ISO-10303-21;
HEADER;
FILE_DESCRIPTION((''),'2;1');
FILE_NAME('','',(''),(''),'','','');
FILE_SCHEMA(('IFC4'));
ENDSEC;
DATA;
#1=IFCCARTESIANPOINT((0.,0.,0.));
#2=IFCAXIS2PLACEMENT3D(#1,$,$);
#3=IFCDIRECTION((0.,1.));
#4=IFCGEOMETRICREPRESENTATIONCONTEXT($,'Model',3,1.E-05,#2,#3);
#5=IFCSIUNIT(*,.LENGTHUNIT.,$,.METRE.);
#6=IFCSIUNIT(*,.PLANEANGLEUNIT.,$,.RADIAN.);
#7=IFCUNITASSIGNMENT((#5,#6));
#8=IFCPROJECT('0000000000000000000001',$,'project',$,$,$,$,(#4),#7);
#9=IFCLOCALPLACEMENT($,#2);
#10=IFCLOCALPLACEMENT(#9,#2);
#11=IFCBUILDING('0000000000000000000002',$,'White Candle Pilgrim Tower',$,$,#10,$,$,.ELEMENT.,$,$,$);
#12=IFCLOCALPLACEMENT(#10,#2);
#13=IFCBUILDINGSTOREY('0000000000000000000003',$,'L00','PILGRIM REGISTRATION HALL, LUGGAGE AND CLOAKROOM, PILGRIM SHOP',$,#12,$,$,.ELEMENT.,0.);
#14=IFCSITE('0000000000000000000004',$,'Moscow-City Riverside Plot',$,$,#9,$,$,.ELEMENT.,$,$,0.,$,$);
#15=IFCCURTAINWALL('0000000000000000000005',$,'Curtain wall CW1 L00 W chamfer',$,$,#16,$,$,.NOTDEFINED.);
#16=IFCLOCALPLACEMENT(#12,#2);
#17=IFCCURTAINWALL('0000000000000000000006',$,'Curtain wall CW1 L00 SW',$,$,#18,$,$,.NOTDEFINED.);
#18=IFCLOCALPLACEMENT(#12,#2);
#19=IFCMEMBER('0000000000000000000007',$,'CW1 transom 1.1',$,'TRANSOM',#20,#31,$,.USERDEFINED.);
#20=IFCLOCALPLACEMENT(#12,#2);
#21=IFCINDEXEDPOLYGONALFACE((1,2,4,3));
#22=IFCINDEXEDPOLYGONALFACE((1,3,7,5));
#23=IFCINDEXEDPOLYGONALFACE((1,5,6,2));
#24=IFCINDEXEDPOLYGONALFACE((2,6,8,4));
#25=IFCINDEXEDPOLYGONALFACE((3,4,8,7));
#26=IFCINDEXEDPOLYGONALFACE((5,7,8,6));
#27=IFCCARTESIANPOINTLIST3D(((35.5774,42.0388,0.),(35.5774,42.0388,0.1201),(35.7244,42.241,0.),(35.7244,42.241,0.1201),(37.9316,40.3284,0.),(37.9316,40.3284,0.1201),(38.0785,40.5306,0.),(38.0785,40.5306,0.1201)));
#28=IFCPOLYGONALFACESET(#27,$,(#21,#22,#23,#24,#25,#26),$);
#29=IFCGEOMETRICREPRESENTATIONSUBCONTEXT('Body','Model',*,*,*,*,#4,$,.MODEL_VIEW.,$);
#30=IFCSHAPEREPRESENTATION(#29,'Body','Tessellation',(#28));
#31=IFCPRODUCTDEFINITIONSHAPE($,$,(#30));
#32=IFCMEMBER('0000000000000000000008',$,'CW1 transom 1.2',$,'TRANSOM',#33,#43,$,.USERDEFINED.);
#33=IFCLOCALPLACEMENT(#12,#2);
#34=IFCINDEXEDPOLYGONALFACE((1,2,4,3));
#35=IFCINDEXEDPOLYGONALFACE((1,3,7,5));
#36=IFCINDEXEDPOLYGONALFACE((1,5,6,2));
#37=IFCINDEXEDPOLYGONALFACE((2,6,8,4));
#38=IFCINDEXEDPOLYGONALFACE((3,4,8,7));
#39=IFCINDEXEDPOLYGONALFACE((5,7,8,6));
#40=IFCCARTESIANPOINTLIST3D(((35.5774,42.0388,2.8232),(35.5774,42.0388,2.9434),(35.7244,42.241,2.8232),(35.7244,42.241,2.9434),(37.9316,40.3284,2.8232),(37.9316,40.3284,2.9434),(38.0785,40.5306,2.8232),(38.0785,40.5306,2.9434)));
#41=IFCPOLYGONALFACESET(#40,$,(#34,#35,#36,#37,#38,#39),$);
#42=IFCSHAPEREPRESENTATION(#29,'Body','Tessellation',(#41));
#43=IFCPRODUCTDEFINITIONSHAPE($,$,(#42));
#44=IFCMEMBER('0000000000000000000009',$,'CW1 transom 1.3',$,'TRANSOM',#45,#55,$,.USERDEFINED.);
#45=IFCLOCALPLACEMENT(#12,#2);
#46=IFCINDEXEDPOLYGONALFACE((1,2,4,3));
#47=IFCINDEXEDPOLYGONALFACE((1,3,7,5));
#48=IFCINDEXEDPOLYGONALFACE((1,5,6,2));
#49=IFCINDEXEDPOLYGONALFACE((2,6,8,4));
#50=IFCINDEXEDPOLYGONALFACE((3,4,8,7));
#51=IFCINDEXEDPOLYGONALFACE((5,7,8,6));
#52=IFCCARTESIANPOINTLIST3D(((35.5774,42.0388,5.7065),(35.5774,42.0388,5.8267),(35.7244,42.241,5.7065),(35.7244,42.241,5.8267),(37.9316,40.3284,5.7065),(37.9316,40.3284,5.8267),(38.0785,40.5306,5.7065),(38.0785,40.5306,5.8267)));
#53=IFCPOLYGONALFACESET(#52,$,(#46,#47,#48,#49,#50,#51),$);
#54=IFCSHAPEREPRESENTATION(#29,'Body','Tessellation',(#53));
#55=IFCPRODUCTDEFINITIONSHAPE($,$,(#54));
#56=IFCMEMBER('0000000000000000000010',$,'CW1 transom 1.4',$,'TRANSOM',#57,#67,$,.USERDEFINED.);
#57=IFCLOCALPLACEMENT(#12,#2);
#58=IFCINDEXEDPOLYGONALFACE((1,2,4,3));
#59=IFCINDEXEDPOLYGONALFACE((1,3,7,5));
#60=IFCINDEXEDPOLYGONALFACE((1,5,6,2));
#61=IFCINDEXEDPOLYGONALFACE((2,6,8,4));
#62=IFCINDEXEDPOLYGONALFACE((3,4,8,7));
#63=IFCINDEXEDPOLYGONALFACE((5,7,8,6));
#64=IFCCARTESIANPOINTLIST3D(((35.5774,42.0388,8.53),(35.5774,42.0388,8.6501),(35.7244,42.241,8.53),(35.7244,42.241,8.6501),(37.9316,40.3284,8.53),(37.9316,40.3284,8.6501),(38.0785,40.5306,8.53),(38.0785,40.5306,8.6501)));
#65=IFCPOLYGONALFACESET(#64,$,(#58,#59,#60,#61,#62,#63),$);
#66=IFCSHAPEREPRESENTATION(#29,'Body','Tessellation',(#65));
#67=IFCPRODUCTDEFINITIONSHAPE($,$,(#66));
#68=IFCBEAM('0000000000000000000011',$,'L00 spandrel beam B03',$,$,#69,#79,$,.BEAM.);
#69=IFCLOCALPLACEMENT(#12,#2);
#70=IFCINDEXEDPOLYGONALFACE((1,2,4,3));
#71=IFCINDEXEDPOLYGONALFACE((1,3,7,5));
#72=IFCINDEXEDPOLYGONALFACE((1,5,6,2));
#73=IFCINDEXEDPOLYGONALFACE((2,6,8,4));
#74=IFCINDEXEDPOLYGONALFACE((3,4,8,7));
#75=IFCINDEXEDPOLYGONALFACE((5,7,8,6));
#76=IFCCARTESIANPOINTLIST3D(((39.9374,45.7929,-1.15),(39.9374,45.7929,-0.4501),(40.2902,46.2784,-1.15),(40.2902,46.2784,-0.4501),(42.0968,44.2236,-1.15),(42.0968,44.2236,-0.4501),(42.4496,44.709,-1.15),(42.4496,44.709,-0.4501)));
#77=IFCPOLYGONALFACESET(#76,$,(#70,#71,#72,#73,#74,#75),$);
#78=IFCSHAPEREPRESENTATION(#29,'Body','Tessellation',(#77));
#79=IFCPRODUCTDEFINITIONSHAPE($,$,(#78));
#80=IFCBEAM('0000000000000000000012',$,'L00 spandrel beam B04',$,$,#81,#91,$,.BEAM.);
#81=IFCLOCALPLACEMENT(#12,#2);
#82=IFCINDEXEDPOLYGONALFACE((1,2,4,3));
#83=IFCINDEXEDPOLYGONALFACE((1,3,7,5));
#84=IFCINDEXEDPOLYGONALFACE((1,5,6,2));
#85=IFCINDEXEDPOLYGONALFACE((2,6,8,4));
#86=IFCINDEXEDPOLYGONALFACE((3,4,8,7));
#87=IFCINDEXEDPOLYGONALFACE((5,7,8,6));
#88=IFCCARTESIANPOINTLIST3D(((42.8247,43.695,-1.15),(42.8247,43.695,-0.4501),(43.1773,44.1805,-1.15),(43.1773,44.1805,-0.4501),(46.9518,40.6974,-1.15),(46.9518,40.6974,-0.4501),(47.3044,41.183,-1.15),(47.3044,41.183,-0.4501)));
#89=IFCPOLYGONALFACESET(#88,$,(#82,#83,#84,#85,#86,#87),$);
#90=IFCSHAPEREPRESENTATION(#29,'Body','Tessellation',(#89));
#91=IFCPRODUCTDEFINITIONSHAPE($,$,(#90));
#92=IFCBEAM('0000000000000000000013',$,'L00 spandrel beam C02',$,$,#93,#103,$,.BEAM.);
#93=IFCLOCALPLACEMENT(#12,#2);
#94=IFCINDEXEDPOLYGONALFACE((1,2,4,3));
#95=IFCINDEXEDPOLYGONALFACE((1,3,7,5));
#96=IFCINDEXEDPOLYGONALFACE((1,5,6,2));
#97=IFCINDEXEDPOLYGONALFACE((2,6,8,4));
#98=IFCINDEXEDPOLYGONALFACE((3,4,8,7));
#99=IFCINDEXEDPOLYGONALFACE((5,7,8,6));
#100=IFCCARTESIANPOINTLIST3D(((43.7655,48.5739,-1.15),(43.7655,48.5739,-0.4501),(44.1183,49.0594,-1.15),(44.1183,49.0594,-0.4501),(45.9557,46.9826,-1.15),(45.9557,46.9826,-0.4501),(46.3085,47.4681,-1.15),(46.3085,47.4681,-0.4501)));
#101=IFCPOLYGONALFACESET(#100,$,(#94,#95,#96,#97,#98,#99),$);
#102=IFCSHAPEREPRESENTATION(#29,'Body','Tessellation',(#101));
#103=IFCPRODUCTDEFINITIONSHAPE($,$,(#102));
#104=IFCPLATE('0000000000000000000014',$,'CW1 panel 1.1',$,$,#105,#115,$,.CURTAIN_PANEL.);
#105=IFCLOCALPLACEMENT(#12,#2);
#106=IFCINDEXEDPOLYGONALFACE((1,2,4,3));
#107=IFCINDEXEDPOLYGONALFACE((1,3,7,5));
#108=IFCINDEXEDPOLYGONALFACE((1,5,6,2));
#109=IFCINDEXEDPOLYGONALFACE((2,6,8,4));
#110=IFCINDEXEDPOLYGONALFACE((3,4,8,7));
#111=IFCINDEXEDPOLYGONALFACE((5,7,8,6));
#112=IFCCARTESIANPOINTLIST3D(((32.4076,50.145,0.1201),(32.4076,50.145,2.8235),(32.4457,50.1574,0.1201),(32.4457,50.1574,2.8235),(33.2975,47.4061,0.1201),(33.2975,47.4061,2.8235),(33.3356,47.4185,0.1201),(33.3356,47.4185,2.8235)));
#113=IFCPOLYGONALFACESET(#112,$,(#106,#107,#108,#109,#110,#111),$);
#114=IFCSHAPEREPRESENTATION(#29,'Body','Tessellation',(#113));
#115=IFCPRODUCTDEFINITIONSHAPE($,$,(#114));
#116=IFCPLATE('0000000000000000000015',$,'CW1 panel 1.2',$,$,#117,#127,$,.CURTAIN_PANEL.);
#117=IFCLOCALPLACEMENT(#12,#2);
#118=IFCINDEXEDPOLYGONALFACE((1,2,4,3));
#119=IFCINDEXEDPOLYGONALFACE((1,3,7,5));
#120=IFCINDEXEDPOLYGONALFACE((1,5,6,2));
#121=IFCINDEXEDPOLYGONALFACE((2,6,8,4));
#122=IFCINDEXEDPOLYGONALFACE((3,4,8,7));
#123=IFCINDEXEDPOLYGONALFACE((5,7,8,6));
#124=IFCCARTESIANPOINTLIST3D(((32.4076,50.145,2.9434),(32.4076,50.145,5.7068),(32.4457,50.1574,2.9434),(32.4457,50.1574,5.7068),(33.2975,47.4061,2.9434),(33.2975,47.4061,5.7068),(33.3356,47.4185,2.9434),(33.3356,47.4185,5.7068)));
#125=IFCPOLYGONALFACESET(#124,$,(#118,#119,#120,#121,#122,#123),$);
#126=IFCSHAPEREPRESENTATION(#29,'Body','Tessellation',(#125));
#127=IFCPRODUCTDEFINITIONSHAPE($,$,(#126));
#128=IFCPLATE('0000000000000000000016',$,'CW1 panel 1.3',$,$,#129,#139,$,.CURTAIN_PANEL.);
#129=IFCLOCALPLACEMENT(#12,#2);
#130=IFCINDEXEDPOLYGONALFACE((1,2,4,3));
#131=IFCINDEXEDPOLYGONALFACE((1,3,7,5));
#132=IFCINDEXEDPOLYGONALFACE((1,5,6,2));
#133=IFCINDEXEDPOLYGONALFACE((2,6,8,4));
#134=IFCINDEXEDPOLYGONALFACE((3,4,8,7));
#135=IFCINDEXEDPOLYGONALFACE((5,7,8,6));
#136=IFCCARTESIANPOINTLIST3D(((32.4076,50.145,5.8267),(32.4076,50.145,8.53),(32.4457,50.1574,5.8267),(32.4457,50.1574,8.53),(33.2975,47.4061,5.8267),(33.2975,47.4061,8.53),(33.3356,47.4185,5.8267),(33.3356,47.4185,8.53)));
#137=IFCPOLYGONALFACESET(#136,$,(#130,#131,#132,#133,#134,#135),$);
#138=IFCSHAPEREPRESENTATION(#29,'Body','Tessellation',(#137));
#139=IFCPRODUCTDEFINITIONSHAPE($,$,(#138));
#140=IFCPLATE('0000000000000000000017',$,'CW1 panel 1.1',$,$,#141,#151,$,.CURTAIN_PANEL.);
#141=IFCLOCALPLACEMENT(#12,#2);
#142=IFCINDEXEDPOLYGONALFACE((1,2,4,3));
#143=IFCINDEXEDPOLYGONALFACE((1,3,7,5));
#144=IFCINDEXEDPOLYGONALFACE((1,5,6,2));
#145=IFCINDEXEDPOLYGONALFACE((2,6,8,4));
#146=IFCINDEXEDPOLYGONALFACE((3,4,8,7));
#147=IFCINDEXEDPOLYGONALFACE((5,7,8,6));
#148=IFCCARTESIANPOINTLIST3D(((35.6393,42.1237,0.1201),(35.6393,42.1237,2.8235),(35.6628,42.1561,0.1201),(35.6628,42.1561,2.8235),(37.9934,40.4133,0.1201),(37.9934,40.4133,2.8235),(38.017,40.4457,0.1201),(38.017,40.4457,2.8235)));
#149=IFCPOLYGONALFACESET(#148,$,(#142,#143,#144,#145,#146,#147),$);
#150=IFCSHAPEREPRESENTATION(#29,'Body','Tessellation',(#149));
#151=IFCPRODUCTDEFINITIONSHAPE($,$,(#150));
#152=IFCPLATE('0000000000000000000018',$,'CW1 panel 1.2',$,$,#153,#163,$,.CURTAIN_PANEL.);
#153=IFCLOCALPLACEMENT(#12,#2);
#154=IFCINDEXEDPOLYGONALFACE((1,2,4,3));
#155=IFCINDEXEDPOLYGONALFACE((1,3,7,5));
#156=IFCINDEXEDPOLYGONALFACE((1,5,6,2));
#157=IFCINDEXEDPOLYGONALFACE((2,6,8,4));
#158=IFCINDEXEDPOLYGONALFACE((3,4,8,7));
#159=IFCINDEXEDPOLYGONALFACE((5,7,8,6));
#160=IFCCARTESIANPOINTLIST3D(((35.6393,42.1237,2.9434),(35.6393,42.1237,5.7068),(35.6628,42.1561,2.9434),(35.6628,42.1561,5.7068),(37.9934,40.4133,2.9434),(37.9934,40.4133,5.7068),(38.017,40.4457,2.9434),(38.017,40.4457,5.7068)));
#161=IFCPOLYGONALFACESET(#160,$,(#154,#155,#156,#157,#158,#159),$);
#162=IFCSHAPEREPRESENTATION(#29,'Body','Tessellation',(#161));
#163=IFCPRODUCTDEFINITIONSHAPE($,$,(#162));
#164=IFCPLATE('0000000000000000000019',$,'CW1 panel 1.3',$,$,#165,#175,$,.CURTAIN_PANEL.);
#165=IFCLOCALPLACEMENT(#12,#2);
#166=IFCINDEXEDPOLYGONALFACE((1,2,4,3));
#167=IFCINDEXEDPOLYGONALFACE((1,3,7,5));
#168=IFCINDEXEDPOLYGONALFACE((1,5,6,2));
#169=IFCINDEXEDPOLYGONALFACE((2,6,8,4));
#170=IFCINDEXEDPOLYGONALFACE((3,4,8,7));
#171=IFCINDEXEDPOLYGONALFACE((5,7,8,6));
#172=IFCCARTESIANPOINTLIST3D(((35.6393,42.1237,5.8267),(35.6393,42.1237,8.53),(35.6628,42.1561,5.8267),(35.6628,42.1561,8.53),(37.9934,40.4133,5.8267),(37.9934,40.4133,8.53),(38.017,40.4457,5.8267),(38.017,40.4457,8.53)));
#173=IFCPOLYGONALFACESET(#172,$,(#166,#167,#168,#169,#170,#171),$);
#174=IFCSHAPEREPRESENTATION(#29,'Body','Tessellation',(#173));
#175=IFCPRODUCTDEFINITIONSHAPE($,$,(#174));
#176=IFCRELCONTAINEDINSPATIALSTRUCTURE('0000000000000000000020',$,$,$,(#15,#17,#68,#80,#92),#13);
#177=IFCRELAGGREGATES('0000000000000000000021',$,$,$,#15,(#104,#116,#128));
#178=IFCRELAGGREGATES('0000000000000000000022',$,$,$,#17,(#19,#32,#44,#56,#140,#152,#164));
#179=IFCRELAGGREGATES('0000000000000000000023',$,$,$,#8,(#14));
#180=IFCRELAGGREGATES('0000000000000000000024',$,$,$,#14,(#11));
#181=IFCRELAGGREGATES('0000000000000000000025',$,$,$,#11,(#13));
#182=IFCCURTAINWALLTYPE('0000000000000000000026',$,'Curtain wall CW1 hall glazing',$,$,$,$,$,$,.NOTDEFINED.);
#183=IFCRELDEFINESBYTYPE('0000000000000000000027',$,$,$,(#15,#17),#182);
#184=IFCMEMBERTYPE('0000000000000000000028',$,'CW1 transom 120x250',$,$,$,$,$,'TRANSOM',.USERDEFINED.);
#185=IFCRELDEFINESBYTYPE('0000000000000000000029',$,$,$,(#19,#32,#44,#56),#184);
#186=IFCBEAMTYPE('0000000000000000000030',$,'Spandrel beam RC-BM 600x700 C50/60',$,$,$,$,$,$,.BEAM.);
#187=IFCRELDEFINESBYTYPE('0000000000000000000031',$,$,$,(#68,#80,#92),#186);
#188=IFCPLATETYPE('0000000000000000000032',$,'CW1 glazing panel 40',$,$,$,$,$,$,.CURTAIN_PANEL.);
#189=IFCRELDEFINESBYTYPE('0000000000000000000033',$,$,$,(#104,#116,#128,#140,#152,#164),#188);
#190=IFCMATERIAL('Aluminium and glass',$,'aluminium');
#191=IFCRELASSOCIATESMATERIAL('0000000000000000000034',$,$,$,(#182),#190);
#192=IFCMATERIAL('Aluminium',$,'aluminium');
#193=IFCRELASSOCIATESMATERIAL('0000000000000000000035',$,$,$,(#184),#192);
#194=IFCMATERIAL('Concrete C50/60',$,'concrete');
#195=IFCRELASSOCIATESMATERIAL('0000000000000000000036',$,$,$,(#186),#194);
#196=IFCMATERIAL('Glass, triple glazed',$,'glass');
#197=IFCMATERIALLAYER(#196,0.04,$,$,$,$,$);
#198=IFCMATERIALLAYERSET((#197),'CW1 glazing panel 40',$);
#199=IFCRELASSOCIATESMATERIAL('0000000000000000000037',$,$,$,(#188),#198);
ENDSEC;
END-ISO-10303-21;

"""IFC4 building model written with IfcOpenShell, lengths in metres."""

from ifc_helpers import new_model, si_unit, direction, frame, origin, origin_2d, place, context, subcontext, project, spatial, rectangle, extrude, material, layer, layer_set, material_profile, profile_set, type_object, element, aggregate, save


model = new_model("IFC4")

# Units and contexts
model_context = context("Model", 3, precision=1e-05, world=origin(), true_north=direction((0.0, 1.0)))
body_context = subcontext(model_context, "Body", "Model", "MODEL_VIEW")
ifc_project = project(units=[si_unit("LENGTHUNIT", "METRE"), si_unit("PLANEANGLEUNIT", "RADIAN")], contexts=[model_context])

# Site, building, storey
site_placement = place(None, origin())
site = spatial("IfcSite", under=ifc_project, at=site_placement, Name="Moscow-City Riverside Plot", CompositionType="ELEMENT", RefElevation=0.0)
building_placement = place(site_placement, origin())
building = spatial("IfcBuilding", under=site, at=building_placement, Name="White Candle Pilgrim Tower", CompositionType="ELEMENT")
storey_placement = place(building_placement, origin())
storey = spatial("IfcBuildingStorey", under=building, at=storey_placement, Name="L00", Description="PILGRIM REGISTRATION HALL, LUGGAGE AND CLOAKROOM, PILGRIM SHOP", CompositionType="ELEMENT", Elevation=0.0)

# Curtain wall
ifc_material_1 = material(Name="Aluminium and glass", Category="aluminium")
curtain_wall_type = type_object("IfcCurtainWallType", Name="Curtain wall CW1 hall glazing", PredefinedType="NOTDEFINED", material=ifc_material_1)
curtain_wall_1_placement = place(storey_placement, origin())
curtain_wall_1 = element("IfcCurtainWall", 1, at=curtain_wall_1_placement, inside=storey, type_object=curtain_wall_type, Name="Curtain wall CW1 L00 W chamfer", PredefinedType="NOTDEFINED")
ifc_material_2 = material(Name="Aluminium", Category="aluminium")

# Curtain wall, members
curtain_wall_2_placement = place(storey_placement, origin())
curtain_wall_2 = element("IfcCurtainWall", 2, at=curtain_wall_2_placement, inside=storey, type_object=curtain_wall_type, Name="Curtain wall CW1 L00 SW", PredefinedType="NOTDEFINED")
ifc_material_profile_1 = material_profile(ifc_material_2, rectangle(XDim=0.25, YDim=0.1201, at=origin_2d()), Name="CW1 transom 120x250")
ifc_profile_set_1 = profile_set([ifc_material_profile_1], Name="Aluminium")
member_type_1 = type_object("IfcMemberType", Name="CW1 transom 120x250", ElementType="TRANSOM", PredefinedType="USERDEFINED", material=ifc_profile_set_1)
member_1_placement = place(storey_placement, frame((35.6509, 42.1399, 0.0601), z_axis=(0.809019, -0.587783, 0.0), x_axis=(0.587783, 0.809019, 0.0)))
member_1 = element("IfcMember", 3, at=member_1_placement, type_object=member_type_1, Name="CW1 transom 1.1", ObjectType="TRANSOM", PredefinedType="USERDEFINED", context=body_context, shape_type="SweptSolid", body=[
    extrude(rectangle(XDim=0.25, YDim=0.1201, at=origin_2d()), origin(), (0.0, 0.0, 1.0), 2.9099),
])
member_2_placement = place(storey_placement, frame((35.6509, 42.1399, 2.8833), z_axis=(0.809019, -0.587783, 0.0), x_axis=(0.587783, 0.809019, 0.0)))
member_2 = element("IfcMember", 4, at=member_2_placement, type_object=member_type_1, Name="CW1 transom 1.2", ObjectType="TRANSOM", PredefinedType="USERDEFINED", context=body_context, shape_type="SweptSolid", body=[
    extrude(rectangle(XDim=0.25, YDim=0.1201, at=origin_2d()), origin(), (0.0, 0.0, 1.0), 2.9099),
])
member_3_placement = place(storey_placement, frame((35.6509, 42.1399, 5.7666), z_axis=(0.809019, -0.587783, 0.0), x_axis=(0.587783, 0.809019, 0.0)))
member_3 = element("IfcMember", 5, at=member_3_placement, type_object=member_type_1, Name="CW1 transom 1.3", ObjectType="TRANSOM", PredefinedType="USERDEFINED", context=body_context, shape_type="SweptSolid", body=[
    extrude(rectangle(XDim=0.25, YDim=0.1201, at=origin_2d()), origin(), (0.0, 0.0, 1.0), 2.9099),
])
member_4_placement = place(storey_placement, frame((35.6509, 42.1399, 8.5901), z_axis=(0.809019, -0.587783, 0.0), x_axis=(0.587783, 0.809019, 0.0)))
member_4 = element("IfcMember", 6, at=member_4_placement, type_object=member_type_1, Name="CW1 transom 1.4", ObjectType="TRANSOM", PredefinedType="USERDEFINED", context=body_context, shape_type="SweptSolid", body=[
    extrude(rectangle(XDim=0.25, YDim=0.1201, at=origin_2d()), origin(), (0.0, 0.0, 1.0), 2.9099),
])

# Beams
ifc_material_3 = material(Name="Concrete C50/60", Category="concrete")
ifc_material_profile_2 = material_profile(ifc_material_3, rectangle(XDim=0.6001, YDim=0.7, at=origin_2d()), Name="RC-BM 600x700")
ifc_profile_set_2 = profile_set([ifc_material_profile_2], Name="Concrete C50/60")
beam_type = type_object("IfcBeamType", Name="Spandrel beam RC-BM 600x700 C50/60", PredefinedType="BEAM", material=ifc_profile_set_2)
beam_1_placement = place(storey_placement, frame((40.1138, 46.0356, -0.8), z_axis=(0.808942, -0.587889, 0.0), x_axis=(0.587889, 0.808942, 0.0)))
element("IfcBeam", 7, at=beam_1_placement, inside=storey, type_object=beam_type, Name="L00 spandrel beam B03", PredefinedType="BEAM", context=body_context, shape_type="SweptSolid", body=[
    extrude(rectangle(XDim=0.6001, YDim=0.7, at=origin_2d()), origin(), (0.0, 0.0, 1.0), 2.6694),
])
beam_2_placement = place(storey_placement, frame((43.001, 43.9377, -0.8), z_axis=(0.809113, -0.587654, 0.0), x_axis=(0.587654, 0.809113, 0.0)))
element("IfcBeam", 8, at=beam_2_placement, inside=storey, type_object=beam_type, Name="L00 spandrel beam B04", PredefinedType="BEAM", context=body_context, shape_type="SweptSolid", body=[
    extrude(rectangle(XDim=0.6001, YDim=0.7, at=origin_2d()), origin(), (0.0, 0.0, 1.0), 5.1008),
])
beam_3_placement = place(storey_placement, frame((43.9419, 48.8167, -0.8), z_axis=(0.809009, -0.587796, 0.0), x_axis=(0.587796, 0.809009, 0.0)))
element("IfcBeam", 9, at=beam_3_placement, inside=storey, type_object=beam_type, Name="L00 spandrel beam C02", PredefinedType="BEAM", context=body_context, shape_type="SweptSolid", body=[
    extrude(rectangle(XDim=0.6001, YDim=0.7, at=origin_2d()), origin(), (0.0, 0.0, 1.0), 2.7073),
])

# Plates
ifc_material_4 = material(Name="Glass, triple glazed", Category="glass")
ifc_layer_1 = layer(ifc_material_4, 0.04)
ifc_layer_set_1 = layer_set([ifc_layer_1], Name="CW1 glazing panel 40")
plate_type = type_object("IfcPlateType", Name="CW1 glazing panel 40", PredefinedType="CURTAIN_PANEL", material=ifc_layer_set_1)
plate_1_placement = place(storey_placement, frame((32.8716, 48.7817, 0.1201), z_axis=(0.0, 0.0, 1.0), x_axis=(0.309017, -0.951057, 0.0)))
plate_1 = element("IfcPlate", 10, at=plate_1_placement, type_object=plate_type, Name="CW1 panel 1.1", PredefinedType="CURTAIN_PANEL", context=body_context, shape_type="SweptSolid", body=[
    extrude(rectangle(XDim=2.8799, YDim=0.04, at=origin_2d()), origin(), (0.0, 0.0, 1.0), 2.7034),
])
plate_2_placement = place(storey_placement, frame((32.8716, 48.7817, 2.9434), z_axis=(0.0, 0.0, 1.0), x_axis=(0.309017, -0.951057, 0.0)))
plate_2 = element("IfcPlate", 11, at=plate_2_placement, type_object=plate_type, Name="CW1 panel 1.2", PredefinedType="CURTAIN_PANEL", context=body_context, shape_type="SweptSolid", body=[
    extrude(rectangle(XDim=2.8799, YDim=0.04, at=origin_2d()), origin(), (0.0, 0.0, 1.0), 2.7634),
])
plate_3_placement = place(storey_placement, frame((32.8716, 48.7817, 5.8267), z_axis=(0.0, 0.0, 1.0), x_axis=(0.309017, -0.951057, 0.0)))
plate_3 = element("IfcPlate", 12, at=plate_3_placement, type_object=plate_type, Name="CW1 panel 1.3", PredefinedType="CURTAIN_PANEL", context=body_context, shape_type="SweptSolid", body=[
    extrude(rectangle(XDim=2.8799, YDim=0.04, at=origin_2d()), origin(), (0.0, 0.0, 1.0), 2.7034),
])
aggregate(curtain_wall_1, [plate_1, plate_2, plate_3])
plate_4_placement = place(storey_placement, frame((36.8281, 41.2847, 0.1201), z_axis=(0.0, 0.0, 1.0), x_axis=(0.809017, -0.587785, 0.0)))
plate_4 = element("IfcPlate", 13, at=plate_4_placement, type_object=plate_type, Name="CW1 panel 1.1", PredefinedType="CURTAIN_PANEL", context=body_context, shape_type="SweptSolid", body=[
    extrude(rectangle(XDim=2.9099, YDim=0.04, at=origin_2d()), origin(), (0.0, 0.0, 1.0), 2.7034),
])
plate_5_placement = place(storey_placement, frame((36.8281, 41.2847, 2.9434), z_axis=(0.0, 0.0, 1.0), x_axis=(0.809017, -0.587785, 0.0)))
plate_5 = element("IfcPlate", 14, at=plate_5_placement, type_object=plate_type, Name="CW1 panel 1.2", PredefinedType="CURTAIN_PANEL", context=body_context, shape_type="SweptSolid", body=[
    extrude(rectangle(XDim=2.9099, YDim=0.04, at=origin_2d()), origin(), (0.0, 0.0, 1.0), 2.7634),
])
plate_6_placement = place(storey_placement, frame((36.8281, 41.2847, 5.8267), z_axis=(0.0, 0.0, 1.0), x_axis=(0.809017, -0.587785, 0.0)))
plate_6 = element("IfcPlate", 15, at=plate_6_placement, type_object=plate_type, Name="CW1 panel 1.3", PredefinedType="CURTAIN_PANEL", context=body_context, shape_type="SweptSolid", body=[
    extrude(rectangle(XDim=2.9099, YDim=0.04, at=origin_2d()), origin(), (0.0, 0.0, 1.0), 2.7034),
])
aggregate(curtain_wall_2, [member_1, member_2, member_3, member_4, plate_4, plate_5, plate_6])

save(model, "model.ifc")
